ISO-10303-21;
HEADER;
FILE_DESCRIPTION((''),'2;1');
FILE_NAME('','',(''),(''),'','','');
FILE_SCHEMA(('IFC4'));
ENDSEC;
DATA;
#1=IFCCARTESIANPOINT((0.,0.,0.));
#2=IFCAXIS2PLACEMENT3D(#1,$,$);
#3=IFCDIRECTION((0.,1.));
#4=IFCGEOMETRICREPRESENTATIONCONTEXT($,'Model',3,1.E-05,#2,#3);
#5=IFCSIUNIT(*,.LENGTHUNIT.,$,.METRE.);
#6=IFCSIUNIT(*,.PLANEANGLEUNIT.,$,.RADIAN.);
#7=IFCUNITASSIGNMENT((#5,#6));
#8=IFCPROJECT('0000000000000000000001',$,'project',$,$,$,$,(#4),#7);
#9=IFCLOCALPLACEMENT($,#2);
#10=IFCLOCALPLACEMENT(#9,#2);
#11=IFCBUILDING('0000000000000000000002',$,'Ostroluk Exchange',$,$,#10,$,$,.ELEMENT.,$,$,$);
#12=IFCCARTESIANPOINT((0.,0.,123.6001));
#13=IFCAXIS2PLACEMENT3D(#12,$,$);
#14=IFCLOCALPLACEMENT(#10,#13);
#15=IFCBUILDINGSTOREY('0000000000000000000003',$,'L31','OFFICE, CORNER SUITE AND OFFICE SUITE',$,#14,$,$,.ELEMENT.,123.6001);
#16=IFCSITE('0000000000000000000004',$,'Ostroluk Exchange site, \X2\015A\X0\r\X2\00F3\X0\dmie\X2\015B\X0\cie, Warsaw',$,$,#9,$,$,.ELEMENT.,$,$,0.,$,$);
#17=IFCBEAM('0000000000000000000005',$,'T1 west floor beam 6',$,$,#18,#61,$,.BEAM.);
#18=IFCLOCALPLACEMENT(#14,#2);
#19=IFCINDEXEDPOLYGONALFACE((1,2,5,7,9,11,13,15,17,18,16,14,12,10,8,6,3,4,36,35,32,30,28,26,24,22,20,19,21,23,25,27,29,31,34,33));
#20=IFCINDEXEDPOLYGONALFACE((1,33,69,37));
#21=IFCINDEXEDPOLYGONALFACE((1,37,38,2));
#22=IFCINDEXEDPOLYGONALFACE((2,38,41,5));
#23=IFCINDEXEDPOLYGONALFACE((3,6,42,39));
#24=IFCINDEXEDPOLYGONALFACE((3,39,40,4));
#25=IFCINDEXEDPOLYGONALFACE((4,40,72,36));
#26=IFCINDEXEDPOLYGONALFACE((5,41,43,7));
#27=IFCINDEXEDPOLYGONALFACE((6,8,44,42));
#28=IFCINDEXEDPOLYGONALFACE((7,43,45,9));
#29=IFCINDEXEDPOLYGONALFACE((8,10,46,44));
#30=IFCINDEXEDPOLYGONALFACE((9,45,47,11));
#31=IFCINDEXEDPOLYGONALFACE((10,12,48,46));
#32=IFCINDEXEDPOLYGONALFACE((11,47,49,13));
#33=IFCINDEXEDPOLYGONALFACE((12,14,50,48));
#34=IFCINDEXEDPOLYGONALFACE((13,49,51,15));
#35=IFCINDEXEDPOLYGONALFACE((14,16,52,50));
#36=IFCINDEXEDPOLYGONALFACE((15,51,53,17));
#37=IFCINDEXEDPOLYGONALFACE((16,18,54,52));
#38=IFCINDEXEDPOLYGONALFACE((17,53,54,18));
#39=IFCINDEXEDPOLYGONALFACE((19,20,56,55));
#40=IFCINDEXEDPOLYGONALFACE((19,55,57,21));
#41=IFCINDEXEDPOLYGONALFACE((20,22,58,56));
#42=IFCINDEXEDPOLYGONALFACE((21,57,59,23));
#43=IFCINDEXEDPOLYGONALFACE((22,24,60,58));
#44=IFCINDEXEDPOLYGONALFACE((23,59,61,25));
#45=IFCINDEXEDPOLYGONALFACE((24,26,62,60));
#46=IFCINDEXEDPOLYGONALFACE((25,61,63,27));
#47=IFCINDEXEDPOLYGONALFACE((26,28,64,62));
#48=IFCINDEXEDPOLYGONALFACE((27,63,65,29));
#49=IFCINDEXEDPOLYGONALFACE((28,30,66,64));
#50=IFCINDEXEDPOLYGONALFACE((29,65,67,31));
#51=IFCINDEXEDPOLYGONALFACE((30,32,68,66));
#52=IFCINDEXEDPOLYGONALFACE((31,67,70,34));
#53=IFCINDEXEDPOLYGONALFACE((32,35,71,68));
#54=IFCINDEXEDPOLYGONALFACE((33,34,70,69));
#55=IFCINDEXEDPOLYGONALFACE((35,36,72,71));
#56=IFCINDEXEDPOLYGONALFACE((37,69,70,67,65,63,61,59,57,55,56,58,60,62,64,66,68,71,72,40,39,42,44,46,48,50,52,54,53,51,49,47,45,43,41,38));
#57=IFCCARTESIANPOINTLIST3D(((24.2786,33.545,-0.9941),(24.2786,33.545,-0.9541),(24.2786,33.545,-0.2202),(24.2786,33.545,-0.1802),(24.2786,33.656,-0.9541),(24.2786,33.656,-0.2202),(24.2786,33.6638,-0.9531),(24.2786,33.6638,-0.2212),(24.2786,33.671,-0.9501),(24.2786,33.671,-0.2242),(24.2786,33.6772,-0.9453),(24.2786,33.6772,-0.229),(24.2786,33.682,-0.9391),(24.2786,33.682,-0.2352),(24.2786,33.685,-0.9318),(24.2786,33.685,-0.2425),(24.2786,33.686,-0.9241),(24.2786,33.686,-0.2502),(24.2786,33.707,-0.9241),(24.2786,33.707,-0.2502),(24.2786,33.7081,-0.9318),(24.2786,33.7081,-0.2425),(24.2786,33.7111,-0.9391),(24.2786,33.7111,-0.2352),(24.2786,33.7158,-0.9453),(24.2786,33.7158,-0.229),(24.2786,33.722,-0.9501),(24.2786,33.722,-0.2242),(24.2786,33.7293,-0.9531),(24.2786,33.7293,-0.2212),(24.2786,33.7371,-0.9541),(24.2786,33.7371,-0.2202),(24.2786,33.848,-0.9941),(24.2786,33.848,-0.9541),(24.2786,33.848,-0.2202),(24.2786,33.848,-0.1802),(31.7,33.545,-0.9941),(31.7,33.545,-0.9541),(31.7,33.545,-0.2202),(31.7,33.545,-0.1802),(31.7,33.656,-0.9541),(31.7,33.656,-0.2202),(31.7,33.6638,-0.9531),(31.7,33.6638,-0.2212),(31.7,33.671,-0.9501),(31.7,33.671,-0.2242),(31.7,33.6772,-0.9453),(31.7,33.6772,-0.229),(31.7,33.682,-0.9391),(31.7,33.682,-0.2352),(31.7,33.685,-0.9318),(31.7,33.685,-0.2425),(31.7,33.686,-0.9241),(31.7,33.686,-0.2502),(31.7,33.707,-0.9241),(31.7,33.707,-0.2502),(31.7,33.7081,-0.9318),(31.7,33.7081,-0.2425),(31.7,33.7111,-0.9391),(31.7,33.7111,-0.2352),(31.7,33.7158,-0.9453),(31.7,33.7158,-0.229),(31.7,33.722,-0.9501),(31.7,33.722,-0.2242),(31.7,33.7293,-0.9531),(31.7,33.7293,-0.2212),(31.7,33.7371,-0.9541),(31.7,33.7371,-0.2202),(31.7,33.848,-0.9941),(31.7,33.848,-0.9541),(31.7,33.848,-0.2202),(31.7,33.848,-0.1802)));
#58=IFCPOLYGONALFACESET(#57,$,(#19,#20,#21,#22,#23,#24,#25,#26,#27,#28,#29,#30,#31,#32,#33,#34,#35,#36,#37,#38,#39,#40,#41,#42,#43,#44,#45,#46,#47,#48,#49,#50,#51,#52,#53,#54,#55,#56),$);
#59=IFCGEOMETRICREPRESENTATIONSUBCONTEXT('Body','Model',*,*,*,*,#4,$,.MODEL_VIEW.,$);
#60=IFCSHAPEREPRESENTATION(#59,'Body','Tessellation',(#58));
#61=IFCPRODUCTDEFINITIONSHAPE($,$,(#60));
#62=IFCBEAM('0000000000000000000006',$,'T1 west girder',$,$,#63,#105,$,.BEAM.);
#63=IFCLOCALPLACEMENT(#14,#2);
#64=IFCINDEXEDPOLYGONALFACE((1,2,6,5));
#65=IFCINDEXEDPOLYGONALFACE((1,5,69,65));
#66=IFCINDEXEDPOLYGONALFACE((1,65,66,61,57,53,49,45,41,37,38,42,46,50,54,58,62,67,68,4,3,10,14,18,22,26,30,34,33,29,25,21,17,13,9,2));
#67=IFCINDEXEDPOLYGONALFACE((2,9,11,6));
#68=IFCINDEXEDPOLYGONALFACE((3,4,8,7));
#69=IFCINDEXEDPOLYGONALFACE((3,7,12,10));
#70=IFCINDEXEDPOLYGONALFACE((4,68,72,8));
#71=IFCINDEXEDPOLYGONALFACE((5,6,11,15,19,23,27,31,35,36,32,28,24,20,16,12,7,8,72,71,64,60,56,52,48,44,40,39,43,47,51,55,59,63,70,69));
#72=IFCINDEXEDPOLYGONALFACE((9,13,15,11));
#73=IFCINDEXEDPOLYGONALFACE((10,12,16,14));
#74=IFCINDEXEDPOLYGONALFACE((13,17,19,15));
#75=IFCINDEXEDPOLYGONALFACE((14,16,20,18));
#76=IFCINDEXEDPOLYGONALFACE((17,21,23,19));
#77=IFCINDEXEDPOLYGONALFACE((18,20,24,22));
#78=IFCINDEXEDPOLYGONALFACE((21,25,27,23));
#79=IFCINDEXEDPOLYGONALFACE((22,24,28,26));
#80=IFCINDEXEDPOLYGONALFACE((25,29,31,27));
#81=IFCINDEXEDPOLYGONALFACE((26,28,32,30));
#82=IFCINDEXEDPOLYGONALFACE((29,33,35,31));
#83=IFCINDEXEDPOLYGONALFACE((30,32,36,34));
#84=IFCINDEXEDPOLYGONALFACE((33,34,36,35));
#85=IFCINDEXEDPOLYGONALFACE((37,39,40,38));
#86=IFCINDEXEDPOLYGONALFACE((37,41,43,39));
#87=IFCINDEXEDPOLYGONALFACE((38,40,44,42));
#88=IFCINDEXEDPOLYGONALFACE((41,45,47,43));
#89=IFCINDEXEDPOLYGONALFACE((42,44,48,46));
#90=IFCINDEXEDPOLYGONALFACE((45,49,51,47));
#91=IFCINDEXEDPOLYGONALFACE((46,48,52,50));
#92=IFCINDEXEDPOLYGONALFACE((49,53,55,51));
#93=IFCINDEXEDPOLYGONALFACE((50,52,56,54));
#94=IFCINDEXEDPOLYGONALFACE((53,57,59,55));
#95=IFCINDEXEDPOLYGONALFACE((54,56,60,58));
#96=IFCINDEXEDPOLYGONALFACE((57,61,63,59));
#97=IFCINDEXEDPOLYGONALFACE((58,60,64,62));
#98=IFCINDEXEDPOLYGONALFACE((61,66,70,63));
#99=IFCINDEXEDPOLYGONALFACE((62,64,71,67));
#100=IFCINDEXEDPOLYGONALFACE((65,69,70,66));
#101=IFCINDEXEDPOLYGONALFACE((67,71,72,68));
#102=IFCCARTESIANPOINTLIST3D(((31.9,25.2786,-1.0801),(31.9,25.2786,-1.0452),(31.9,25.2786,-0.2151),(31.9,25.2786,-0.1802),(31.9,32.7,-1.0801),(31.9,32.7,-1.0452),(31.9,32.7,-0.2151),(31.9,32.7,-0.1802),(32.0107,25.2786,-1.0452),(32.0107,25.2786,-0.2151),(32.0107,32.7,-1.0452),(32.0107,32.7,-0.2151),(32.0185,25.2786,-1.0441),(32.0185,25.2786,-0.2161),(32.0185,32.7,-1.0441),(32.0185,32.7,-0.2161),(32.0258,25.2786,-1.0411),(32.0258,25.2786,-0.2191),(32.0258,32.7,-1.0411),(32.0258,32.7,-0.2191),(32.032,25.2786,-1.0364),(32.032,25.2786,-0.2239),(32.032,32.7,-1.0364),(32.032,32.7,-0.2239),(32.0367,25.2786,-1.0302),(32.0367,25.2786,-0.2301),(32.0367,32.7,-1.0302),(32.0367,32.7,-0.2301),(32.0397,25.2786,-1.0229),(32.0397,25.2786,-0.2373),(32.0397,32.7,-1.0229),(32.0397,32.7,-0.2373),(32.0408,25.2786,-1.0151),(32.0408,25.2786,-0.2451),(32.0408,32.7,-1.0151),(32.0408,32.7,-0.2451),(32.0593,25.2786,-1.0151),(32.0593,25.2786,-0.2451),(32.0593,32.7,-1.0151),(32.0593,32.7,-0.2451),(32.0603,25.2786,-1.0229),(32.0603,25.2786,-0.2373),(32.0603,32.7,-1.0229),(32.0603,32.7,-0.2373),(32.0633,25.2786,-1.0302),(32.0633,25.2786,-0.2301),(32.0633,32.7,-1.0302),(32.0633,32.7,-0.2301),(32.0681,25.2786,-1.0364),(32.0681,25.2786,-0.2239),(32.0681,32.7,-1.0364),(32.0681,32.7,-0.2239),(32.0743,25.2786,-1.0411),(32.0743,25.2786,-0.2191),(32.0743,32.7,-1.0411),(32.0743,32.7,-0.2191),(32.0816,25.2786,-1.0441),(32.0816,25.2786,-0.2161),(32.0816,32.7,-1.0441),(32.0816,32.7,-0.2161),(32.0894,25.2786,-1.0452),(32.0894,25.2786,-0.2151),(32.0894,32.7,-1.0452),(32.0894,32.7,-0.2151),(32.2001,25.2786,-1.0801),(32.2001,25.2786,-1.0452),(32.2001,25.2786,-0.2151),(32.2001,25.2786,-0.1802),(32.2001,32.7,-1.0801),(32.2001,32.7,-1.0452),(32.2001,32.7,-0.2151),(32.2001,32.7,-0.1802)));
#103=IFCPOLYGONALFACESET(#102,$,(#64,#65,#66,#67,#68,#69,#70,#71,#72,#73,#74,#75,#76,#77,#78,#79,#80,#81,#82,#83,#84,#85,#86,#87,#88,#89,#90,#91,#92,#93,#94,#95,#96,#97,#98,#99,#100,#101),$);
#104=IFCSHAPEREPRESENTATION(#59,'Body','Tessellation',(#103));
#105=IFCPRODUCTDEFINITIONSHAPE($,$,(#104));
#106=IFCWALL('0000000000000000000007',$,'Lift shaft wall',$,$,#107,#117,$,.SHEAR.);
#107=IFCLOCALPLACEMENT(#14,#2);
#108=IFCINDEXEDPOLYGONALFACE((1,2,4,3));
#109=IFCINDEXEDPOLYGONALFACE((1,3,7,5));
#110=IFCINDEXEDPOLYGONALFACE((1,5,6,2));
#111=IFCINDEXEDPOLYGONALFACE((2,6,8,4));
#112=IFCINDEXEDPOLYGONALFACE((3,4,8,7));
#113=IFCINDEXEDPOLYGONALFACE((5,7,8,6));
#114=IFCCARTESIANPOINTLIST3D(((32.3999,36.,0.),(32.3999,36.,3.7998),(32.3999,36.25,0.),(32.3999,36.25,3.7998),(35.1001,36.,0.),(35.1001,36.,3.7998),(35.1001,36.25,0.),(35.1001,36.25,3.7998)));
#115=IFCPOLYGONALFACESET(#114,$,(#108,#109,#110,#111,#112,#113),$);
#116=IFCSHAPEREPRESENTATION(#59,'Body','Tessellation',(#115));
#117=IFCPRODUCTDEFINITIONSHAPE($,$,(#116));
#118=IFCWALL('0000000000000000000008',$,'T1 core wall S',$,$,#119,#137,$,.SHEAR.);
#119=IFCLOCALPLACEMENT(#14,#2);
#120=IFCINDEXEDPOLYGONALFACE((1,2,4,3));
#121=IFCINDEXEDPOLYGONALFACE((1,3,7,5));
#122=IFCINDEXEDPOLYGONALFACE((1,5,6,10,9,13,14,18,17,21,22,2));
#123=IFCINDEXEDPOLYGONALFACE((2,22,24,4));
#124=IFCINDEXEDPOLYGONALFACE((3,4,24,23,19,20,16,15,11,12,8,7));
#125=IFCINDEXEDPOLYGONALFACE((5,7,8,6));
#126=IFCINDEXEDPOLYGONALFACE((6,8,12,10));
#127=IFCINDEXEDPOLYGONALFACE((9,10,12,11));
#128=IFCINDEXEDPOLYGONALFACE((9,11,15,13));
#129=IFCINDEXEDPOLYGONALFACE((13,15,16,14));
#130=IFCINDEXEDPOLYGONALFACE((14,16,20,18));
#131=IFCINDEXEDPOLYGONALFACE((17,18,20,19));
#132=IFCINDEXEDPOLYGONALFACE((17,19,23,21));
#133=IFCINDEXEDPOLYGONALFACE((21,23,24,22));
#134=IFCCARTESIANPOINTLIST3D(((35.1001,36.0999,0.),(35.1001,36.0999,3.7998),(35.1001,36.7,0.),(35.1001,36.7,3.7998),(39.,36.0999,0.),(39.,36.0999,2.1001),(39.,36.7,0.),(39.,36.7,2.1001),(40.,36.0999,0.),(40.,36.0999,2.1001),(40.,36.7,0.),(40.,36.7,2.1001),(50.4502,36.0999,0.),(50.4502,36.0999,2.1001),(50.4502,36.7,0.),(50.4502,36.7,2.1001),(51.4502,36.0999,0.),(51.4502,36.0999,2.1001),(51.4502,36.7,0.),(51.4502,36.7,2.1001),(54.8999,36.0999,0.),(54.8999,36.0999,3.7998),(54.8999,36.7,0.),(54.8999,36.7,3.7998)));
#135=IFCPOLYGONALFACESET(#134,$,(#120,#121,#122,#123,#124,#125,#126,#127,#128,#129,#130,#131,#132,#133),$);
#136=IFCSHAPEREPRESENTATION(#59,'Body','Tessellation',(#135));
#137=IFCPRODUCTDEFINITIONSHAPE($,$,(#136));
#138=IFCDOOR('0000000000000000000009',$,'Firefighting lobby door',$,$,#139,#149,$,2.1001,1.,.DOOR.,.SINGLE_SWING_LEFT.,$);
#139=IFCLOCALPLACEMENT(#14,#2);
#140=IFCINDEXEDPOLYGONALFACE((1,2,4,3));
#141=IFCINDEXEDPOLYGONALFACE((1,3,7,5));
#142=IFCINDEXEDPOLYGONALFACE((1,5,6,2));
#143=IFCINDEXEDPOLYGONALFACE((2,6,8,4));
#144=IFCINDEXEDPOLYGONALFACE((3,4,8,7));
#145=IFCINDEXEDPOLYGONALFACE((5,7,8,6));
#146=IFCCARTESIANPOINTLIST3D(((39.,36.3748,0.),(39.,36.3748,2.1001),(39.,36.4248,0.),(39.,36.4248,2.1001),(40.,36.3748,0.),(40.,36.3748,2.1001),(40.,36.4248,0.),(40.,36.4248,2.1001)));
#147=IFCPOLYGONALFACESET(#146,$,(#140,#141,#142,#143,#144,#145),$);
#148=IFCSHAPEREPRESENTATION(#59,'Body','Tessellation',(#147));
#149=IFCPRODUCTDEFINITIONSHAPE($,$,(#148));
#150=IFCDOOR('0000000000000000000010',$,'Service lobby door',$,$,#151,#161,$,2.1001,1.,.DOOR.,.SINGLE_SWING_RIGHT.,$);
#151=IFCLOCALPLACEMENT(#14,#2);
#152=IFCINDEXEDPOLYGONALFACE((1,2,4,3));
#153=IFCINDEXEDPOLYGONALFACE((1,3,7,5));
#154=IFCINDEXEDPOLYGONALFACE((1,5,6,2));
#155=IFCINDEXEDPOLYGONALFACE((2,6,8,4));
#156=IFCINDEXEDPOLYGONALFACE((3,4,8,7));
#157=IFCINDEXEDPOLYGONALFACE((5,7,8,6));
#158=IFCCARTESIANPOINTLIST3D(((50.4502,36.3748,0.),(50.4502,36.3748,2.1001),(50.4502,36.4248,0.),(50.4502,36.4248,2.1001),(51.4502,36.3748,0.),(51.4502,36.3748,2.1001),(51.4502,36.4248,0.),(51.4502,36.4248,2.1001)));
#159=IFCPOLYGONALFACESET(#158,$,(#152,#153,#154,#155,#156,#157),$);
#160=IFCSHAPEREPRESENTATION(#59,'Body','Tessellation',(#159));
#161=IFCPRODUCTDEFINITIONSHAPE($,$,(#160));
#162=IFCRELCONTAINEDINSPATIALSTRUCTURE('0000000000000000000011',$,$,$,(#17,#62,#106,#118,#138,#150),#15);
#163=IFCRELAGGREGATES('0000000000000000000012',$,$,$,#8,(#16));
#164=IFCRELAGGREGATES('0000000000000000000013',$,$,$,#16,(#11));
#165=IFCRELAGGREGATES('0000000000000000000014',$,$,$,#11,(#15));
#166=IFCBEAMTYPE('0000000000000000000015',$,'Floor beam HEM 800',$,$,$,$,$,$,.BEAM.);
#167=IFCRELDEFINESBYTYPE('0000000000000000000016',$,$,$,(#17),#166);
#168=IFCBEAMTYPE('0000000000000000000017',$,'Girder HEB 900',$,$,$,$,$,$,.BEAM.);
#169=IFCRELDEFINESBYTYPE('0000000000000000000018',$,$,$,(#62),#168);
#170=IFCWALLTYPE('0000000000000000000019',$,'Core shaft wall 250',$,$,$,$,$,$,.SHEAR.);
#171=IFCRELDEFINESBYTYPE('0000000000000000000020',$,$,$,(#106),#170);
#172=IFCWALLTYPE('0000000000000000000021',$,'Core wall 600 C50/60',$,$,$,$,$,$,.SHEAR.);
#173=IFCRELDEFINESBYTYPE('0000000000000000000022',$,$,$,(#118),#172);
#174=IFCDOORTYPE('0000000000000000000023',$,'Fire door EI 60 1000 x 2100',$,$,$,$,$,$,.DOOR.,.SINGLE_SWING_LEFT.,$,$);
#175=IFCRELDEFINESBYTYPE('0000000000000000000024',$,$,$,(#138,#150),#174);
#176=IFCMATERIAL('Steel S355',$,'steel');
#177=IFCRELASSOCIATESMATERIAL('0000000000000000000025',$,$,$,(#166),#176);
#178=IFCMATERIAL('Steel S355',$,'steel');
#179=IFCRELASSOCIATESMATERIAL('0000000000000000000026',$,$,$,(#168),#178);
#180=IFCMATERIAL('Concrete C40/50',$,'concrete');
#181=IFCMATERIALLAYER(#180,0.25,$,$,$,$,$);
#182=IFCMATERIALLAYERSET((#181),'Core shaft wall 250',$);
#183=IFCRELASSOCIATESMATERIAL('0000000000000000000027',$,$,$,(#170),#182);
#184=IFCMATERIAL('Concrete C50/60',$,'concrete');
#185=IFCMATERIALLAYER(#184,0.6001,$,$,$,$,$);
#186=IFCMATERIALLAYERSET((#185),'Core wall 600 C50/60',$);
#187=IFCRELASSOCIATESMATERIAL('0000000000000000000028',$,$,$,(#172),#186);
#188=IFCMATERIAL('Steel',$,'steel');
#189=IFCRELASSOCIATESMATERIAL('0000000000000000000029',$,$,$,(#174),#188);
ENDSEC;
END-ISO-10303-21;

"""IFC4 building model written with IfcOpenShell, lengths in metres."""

from ifc_helpers import new_model, si_unit, direction, frame, frame_2d, origin, origin_2d, place, context, subcontext, project, spatial, rectangle, i_section, extrude, material, layer, layer_set, material_profile, profile_set, type_object, element, fill, save


model = new_model("IFC4")

# Units and contexts
model_context = context("Model", 3, precision=1e-05, world=origin(), true_north=direction((0.0, 1.0)))
body_context = subcontext(model_context, "Body", "Model", "MODEL_VIEW")
ifc_project = project(units=[si_unit("LENGTHUNIT", "METRE"), si_unit("PLANEANGLEUNIT", "RADIAN")], contexts=[model_context])

# Site, building, storey
site_placement = place(None, origin())
site = spatial("IfcSite", under=ifc_project, at=site_placement, Name="Ostroluk Exchange site, Śródmieście, Warsaw", CompositionType="ELEMENT", RefElevation=0.0)
building_placement = place(site_placement, origin())
building = spatial("IfcBuilding", under=site, at=building_placement, Name="Ostroluk Exchange", CompositionType="ELEMENT")
storey_placement = place(building_placement, frame((0.0, 0.0, 123.6001)))
storey = spatial("IfcBuildingStorey", under=building, at=storey_placement, Name="L31", Description="OFFICE, CORNER SUITE AND OFFICE SUITE", CompositionType="ELEMENT", Elevation=123.6001)

# Beams
ifc_material_1 = material(Name="Steel S355", Category="steel")
ifc_material_profile_1 = material_profile(ifc_material_1, i_section(OverallWidth=0.303, OverallDepth=0.814, WebThickness=0.021, FlangeThickness=0.04, FilletRadius=0.03, at=origin_2d()), Name="HEM 800")
ifc_profile_set_1 = profile_set([ifc_material_profile_1], Name="Steel S355")
beam_type_1 = type_object("IfcBeamType", Name="Floor beam HEM 800", PredefinedType="BEAM", material=ifc_profile_set_1)
beam_1_placement = place(storey_placement, frame((31.7, 33.6965, -0.5872), z_axis=(-1.0, 0.0, 0.0), x_axis=(0.0, -1.0, 0.0)))
element("IfcBeam", 1, at=beam_1_placement, inside=storey, type_object=beam_type_1, Name="T1 west floor beam 6", PredefinedType="BEAM", context=body_context, shape_type="SweptSolid", body=[
    extrude(i_section(OverallWidth=0.303, OverallDepth=0.814, WebThickness=0.021, FlangeThickness=0.04, FilletRadius=0.03, at=origin_2d()), origin(), (0.0, 0.0, 1.0), 7.4214),
])
ifc_material_2 = material(Name="Steel S355", Category="steel")
ifc_material_profile_2 = material_profile(ifc_material_2, i_section(OverallWidth=0.3, OverallDepth=0.8999, WebThickness=0.0186, FlangeThickness=0.0349, FilletRadius=0.03, at=origin_2d()), Name="HEB 900")
ifc_profile_set_2 = profile_set([ifc_material_profile_2], Name="Steel S355")
beam_type_2 = type_object("IfcBeamType", Name="Girder HEB 900", PredefinedType="BEAM", material=ifc_profile_set_2)
beam_2_placement = place(storey_placement, frame((32.05, 32.7, -0.6301), z_axis=(0.0, -1.0, 0.0), x_axis=(1.0, 0.0, 0.0)))
element("IfcBeam", 2, at=beam_2_placement, inside=storey, type_object=beam_type_2, Name="T1 west girder", PredefinedType="BEAM", context=body_context, shape_type="SweptSolid", body=[
    extrude(i_section(OverallWidth=0.3, OverallDepth=0.8999, WebThickness=0.0186, FlangeThickness=0.0349, FilletRadius=0.03, at=origin_2d()), origin(), (0.0, 0.0, 1.0), 7.4214),
])

# Wall
ifc_material_3 = material(Name="Concrete C40/50", Category="concrete")
ifc_layer_1 = layer(ifc_material_3, 0.25)
ifc_layer_set_1 = layer_set([ifc_layer_1], Name="Core shaft wall 250")
wall_type_1 = type_object("IfcWallType", Name="Core shaft wall 250", PredefinedType="SHEAR", material=ifc_layer_set_1)
wall_1_placement = place(storey_placement, frame((32.3999, 36.125, 0.0), z_axis=(0.0, 0.0, 1.0), x_axis=(1.0, 0.0, 0.0)))
element("IfcWall", 3, at=wall_1_placement, inside=storey, type_object=wall_type_1, Name="Lift shaft wall", PredefinedType="SHEAR", context=body_context, shape_type="SweptSolid", body=[
    extrude(rectangle(XDim=2.7002, YDim=0.25, at=frame_2d((1.3501, 0.0))), origin(), (0.0, 0.0, 1.0), 3.7998),
])

# Wall, openings, doors
ifc_material_4 = material(Name="Concrete C50/60", Category="concrete")
ifc_layer_2 = layer(ifc_material_4, 0.6001)
ifc_layer_set_2 = layer_set([ifc_layer_2], Name="Core wall 600 C50/60")
wall_type_2 = type_object("IfcWallType", Name="Core wall 600 C50/60", PredefinedType="SHEAR", material=ifc_layer_set_2)
wall_2_placement = place(storey_placement, frame((35.1001, 36.3999, 0.0), z_axis=(0.0, 0.0, 1.0), x_axis=(1.0, 0.0, 0.0)))
wall_2 = element("IfcWall", 4, at=wall_2_placement, inside=storey, type_object=wall_type_2, Name="T1 core wall S", PredefinedType="SHEAR", context=body_context, shape_type="SweptSolid", body=[
    extrude(rectangle(XDim=19.7998, YDim=0.6001, at=frame_2d((9.8999, 0.0))), origin(), (0.0, 0.0, 1.0), 3.7998),
])
opening_1_placement = place(wall_2_placement, frame((3.8999, 0.0, 0.0)))
opening_1 = element("IfcOpeningElement", 5, at=opening_1_placement, cuts=wall_2, PredefinedType="OPENING", context=body_context, shape_type="SweptSolid", body=[
    extrude(rectangle(XDim=1.0, YDim=2.1001, at=frame_2d((0.5, 1.05))), frame((0.0, 0.3101, 0.0), z_axis=(0.0, -1.0, 0.0), x_axis=(1.0, 0.0, 0.0)), (0.0, 0.0, 1.0), 0.6201),
])
opening_2_placement = place(wall_2_placement, frame((15.3501, 0.0, 0.0)))
opening_2 = element("IfcOpeningElement", 6, at=opening_2_placement, cuts=wall_2, PredefinedType="OPENING", context=body_context, shape_type="SweptSolid", body=[
    extrude(rectangle(XDim=1.0, YDim=2.1001, at=frame_2d((0.5, 1.05))), frame((0.0, 0.3101, 0.0), z_axis=(0.0, -1.0, 0.0), x_axis=(1.0, 0.0, 0.0)), (0.0, 0.0, 1.0), 0.6201),
])
ifc_material_5 = material(Name="Steel", Category="steel")
door_type_1 = type_object("IfcDoorType", Name="Fire door EI 60 1000 x 2100", OperationType="SINGLE_SWING_LEFT", PredefinedType="DOOR", material=ifc_material_5)
door_1_placement = place(opening_1_placement, origin())
door_1 = element("IfcDoor", 7, at=door_1_placement, inside=storey, type_object=door_type_1, Name="Firefighting lobby door", OperationType="SINGLE_SWING_LEFT", OverallHeight=2.1001, OverallWidth=1.0, PredefinedType="DOOR", context=body_context, shape_type="SweptSolid", body=[
    extrude(rectangle(XDim=1.0, YDim=2.1001, at=frame_2d((0.5, 1.05))), frame((0.0, 0.0249, 0.0), z_axis=(0.0, -1.0, 0.0), x_axis=(1.0, 0.0, 0.0)), (0.0, 0.0, 1.0), 0.05),
])
fill(opening_1, door_1)
door_2_placement = place(opening_2_placement, origin())
door_2 = element("IfcDoor", 8, at=door_2_placement, inside=storey, type_object=door_type_1, Name="Service lobby door", OperationType="SINGLE_SWING_RIGHT", OverallHeight=2.1001, OverallWidth=1.0, PredefinedType="DOOR", context=body_context, shape_type="SweptSolid", body=[
    extrude(rectangle(XDim=1.0, YDim=2.1001, at=frame_2d((0.5, 1.05))), frame((0.0, 0.0249, 0.0), z_axis=(0.0, -1.0, 0.0), x_axis=(1.0, 0.0, 0.0)), (0.0, 0.0, 1.0), 0.05),
])
fill(opening_2, door_2)

save(model, "model.ifc")
